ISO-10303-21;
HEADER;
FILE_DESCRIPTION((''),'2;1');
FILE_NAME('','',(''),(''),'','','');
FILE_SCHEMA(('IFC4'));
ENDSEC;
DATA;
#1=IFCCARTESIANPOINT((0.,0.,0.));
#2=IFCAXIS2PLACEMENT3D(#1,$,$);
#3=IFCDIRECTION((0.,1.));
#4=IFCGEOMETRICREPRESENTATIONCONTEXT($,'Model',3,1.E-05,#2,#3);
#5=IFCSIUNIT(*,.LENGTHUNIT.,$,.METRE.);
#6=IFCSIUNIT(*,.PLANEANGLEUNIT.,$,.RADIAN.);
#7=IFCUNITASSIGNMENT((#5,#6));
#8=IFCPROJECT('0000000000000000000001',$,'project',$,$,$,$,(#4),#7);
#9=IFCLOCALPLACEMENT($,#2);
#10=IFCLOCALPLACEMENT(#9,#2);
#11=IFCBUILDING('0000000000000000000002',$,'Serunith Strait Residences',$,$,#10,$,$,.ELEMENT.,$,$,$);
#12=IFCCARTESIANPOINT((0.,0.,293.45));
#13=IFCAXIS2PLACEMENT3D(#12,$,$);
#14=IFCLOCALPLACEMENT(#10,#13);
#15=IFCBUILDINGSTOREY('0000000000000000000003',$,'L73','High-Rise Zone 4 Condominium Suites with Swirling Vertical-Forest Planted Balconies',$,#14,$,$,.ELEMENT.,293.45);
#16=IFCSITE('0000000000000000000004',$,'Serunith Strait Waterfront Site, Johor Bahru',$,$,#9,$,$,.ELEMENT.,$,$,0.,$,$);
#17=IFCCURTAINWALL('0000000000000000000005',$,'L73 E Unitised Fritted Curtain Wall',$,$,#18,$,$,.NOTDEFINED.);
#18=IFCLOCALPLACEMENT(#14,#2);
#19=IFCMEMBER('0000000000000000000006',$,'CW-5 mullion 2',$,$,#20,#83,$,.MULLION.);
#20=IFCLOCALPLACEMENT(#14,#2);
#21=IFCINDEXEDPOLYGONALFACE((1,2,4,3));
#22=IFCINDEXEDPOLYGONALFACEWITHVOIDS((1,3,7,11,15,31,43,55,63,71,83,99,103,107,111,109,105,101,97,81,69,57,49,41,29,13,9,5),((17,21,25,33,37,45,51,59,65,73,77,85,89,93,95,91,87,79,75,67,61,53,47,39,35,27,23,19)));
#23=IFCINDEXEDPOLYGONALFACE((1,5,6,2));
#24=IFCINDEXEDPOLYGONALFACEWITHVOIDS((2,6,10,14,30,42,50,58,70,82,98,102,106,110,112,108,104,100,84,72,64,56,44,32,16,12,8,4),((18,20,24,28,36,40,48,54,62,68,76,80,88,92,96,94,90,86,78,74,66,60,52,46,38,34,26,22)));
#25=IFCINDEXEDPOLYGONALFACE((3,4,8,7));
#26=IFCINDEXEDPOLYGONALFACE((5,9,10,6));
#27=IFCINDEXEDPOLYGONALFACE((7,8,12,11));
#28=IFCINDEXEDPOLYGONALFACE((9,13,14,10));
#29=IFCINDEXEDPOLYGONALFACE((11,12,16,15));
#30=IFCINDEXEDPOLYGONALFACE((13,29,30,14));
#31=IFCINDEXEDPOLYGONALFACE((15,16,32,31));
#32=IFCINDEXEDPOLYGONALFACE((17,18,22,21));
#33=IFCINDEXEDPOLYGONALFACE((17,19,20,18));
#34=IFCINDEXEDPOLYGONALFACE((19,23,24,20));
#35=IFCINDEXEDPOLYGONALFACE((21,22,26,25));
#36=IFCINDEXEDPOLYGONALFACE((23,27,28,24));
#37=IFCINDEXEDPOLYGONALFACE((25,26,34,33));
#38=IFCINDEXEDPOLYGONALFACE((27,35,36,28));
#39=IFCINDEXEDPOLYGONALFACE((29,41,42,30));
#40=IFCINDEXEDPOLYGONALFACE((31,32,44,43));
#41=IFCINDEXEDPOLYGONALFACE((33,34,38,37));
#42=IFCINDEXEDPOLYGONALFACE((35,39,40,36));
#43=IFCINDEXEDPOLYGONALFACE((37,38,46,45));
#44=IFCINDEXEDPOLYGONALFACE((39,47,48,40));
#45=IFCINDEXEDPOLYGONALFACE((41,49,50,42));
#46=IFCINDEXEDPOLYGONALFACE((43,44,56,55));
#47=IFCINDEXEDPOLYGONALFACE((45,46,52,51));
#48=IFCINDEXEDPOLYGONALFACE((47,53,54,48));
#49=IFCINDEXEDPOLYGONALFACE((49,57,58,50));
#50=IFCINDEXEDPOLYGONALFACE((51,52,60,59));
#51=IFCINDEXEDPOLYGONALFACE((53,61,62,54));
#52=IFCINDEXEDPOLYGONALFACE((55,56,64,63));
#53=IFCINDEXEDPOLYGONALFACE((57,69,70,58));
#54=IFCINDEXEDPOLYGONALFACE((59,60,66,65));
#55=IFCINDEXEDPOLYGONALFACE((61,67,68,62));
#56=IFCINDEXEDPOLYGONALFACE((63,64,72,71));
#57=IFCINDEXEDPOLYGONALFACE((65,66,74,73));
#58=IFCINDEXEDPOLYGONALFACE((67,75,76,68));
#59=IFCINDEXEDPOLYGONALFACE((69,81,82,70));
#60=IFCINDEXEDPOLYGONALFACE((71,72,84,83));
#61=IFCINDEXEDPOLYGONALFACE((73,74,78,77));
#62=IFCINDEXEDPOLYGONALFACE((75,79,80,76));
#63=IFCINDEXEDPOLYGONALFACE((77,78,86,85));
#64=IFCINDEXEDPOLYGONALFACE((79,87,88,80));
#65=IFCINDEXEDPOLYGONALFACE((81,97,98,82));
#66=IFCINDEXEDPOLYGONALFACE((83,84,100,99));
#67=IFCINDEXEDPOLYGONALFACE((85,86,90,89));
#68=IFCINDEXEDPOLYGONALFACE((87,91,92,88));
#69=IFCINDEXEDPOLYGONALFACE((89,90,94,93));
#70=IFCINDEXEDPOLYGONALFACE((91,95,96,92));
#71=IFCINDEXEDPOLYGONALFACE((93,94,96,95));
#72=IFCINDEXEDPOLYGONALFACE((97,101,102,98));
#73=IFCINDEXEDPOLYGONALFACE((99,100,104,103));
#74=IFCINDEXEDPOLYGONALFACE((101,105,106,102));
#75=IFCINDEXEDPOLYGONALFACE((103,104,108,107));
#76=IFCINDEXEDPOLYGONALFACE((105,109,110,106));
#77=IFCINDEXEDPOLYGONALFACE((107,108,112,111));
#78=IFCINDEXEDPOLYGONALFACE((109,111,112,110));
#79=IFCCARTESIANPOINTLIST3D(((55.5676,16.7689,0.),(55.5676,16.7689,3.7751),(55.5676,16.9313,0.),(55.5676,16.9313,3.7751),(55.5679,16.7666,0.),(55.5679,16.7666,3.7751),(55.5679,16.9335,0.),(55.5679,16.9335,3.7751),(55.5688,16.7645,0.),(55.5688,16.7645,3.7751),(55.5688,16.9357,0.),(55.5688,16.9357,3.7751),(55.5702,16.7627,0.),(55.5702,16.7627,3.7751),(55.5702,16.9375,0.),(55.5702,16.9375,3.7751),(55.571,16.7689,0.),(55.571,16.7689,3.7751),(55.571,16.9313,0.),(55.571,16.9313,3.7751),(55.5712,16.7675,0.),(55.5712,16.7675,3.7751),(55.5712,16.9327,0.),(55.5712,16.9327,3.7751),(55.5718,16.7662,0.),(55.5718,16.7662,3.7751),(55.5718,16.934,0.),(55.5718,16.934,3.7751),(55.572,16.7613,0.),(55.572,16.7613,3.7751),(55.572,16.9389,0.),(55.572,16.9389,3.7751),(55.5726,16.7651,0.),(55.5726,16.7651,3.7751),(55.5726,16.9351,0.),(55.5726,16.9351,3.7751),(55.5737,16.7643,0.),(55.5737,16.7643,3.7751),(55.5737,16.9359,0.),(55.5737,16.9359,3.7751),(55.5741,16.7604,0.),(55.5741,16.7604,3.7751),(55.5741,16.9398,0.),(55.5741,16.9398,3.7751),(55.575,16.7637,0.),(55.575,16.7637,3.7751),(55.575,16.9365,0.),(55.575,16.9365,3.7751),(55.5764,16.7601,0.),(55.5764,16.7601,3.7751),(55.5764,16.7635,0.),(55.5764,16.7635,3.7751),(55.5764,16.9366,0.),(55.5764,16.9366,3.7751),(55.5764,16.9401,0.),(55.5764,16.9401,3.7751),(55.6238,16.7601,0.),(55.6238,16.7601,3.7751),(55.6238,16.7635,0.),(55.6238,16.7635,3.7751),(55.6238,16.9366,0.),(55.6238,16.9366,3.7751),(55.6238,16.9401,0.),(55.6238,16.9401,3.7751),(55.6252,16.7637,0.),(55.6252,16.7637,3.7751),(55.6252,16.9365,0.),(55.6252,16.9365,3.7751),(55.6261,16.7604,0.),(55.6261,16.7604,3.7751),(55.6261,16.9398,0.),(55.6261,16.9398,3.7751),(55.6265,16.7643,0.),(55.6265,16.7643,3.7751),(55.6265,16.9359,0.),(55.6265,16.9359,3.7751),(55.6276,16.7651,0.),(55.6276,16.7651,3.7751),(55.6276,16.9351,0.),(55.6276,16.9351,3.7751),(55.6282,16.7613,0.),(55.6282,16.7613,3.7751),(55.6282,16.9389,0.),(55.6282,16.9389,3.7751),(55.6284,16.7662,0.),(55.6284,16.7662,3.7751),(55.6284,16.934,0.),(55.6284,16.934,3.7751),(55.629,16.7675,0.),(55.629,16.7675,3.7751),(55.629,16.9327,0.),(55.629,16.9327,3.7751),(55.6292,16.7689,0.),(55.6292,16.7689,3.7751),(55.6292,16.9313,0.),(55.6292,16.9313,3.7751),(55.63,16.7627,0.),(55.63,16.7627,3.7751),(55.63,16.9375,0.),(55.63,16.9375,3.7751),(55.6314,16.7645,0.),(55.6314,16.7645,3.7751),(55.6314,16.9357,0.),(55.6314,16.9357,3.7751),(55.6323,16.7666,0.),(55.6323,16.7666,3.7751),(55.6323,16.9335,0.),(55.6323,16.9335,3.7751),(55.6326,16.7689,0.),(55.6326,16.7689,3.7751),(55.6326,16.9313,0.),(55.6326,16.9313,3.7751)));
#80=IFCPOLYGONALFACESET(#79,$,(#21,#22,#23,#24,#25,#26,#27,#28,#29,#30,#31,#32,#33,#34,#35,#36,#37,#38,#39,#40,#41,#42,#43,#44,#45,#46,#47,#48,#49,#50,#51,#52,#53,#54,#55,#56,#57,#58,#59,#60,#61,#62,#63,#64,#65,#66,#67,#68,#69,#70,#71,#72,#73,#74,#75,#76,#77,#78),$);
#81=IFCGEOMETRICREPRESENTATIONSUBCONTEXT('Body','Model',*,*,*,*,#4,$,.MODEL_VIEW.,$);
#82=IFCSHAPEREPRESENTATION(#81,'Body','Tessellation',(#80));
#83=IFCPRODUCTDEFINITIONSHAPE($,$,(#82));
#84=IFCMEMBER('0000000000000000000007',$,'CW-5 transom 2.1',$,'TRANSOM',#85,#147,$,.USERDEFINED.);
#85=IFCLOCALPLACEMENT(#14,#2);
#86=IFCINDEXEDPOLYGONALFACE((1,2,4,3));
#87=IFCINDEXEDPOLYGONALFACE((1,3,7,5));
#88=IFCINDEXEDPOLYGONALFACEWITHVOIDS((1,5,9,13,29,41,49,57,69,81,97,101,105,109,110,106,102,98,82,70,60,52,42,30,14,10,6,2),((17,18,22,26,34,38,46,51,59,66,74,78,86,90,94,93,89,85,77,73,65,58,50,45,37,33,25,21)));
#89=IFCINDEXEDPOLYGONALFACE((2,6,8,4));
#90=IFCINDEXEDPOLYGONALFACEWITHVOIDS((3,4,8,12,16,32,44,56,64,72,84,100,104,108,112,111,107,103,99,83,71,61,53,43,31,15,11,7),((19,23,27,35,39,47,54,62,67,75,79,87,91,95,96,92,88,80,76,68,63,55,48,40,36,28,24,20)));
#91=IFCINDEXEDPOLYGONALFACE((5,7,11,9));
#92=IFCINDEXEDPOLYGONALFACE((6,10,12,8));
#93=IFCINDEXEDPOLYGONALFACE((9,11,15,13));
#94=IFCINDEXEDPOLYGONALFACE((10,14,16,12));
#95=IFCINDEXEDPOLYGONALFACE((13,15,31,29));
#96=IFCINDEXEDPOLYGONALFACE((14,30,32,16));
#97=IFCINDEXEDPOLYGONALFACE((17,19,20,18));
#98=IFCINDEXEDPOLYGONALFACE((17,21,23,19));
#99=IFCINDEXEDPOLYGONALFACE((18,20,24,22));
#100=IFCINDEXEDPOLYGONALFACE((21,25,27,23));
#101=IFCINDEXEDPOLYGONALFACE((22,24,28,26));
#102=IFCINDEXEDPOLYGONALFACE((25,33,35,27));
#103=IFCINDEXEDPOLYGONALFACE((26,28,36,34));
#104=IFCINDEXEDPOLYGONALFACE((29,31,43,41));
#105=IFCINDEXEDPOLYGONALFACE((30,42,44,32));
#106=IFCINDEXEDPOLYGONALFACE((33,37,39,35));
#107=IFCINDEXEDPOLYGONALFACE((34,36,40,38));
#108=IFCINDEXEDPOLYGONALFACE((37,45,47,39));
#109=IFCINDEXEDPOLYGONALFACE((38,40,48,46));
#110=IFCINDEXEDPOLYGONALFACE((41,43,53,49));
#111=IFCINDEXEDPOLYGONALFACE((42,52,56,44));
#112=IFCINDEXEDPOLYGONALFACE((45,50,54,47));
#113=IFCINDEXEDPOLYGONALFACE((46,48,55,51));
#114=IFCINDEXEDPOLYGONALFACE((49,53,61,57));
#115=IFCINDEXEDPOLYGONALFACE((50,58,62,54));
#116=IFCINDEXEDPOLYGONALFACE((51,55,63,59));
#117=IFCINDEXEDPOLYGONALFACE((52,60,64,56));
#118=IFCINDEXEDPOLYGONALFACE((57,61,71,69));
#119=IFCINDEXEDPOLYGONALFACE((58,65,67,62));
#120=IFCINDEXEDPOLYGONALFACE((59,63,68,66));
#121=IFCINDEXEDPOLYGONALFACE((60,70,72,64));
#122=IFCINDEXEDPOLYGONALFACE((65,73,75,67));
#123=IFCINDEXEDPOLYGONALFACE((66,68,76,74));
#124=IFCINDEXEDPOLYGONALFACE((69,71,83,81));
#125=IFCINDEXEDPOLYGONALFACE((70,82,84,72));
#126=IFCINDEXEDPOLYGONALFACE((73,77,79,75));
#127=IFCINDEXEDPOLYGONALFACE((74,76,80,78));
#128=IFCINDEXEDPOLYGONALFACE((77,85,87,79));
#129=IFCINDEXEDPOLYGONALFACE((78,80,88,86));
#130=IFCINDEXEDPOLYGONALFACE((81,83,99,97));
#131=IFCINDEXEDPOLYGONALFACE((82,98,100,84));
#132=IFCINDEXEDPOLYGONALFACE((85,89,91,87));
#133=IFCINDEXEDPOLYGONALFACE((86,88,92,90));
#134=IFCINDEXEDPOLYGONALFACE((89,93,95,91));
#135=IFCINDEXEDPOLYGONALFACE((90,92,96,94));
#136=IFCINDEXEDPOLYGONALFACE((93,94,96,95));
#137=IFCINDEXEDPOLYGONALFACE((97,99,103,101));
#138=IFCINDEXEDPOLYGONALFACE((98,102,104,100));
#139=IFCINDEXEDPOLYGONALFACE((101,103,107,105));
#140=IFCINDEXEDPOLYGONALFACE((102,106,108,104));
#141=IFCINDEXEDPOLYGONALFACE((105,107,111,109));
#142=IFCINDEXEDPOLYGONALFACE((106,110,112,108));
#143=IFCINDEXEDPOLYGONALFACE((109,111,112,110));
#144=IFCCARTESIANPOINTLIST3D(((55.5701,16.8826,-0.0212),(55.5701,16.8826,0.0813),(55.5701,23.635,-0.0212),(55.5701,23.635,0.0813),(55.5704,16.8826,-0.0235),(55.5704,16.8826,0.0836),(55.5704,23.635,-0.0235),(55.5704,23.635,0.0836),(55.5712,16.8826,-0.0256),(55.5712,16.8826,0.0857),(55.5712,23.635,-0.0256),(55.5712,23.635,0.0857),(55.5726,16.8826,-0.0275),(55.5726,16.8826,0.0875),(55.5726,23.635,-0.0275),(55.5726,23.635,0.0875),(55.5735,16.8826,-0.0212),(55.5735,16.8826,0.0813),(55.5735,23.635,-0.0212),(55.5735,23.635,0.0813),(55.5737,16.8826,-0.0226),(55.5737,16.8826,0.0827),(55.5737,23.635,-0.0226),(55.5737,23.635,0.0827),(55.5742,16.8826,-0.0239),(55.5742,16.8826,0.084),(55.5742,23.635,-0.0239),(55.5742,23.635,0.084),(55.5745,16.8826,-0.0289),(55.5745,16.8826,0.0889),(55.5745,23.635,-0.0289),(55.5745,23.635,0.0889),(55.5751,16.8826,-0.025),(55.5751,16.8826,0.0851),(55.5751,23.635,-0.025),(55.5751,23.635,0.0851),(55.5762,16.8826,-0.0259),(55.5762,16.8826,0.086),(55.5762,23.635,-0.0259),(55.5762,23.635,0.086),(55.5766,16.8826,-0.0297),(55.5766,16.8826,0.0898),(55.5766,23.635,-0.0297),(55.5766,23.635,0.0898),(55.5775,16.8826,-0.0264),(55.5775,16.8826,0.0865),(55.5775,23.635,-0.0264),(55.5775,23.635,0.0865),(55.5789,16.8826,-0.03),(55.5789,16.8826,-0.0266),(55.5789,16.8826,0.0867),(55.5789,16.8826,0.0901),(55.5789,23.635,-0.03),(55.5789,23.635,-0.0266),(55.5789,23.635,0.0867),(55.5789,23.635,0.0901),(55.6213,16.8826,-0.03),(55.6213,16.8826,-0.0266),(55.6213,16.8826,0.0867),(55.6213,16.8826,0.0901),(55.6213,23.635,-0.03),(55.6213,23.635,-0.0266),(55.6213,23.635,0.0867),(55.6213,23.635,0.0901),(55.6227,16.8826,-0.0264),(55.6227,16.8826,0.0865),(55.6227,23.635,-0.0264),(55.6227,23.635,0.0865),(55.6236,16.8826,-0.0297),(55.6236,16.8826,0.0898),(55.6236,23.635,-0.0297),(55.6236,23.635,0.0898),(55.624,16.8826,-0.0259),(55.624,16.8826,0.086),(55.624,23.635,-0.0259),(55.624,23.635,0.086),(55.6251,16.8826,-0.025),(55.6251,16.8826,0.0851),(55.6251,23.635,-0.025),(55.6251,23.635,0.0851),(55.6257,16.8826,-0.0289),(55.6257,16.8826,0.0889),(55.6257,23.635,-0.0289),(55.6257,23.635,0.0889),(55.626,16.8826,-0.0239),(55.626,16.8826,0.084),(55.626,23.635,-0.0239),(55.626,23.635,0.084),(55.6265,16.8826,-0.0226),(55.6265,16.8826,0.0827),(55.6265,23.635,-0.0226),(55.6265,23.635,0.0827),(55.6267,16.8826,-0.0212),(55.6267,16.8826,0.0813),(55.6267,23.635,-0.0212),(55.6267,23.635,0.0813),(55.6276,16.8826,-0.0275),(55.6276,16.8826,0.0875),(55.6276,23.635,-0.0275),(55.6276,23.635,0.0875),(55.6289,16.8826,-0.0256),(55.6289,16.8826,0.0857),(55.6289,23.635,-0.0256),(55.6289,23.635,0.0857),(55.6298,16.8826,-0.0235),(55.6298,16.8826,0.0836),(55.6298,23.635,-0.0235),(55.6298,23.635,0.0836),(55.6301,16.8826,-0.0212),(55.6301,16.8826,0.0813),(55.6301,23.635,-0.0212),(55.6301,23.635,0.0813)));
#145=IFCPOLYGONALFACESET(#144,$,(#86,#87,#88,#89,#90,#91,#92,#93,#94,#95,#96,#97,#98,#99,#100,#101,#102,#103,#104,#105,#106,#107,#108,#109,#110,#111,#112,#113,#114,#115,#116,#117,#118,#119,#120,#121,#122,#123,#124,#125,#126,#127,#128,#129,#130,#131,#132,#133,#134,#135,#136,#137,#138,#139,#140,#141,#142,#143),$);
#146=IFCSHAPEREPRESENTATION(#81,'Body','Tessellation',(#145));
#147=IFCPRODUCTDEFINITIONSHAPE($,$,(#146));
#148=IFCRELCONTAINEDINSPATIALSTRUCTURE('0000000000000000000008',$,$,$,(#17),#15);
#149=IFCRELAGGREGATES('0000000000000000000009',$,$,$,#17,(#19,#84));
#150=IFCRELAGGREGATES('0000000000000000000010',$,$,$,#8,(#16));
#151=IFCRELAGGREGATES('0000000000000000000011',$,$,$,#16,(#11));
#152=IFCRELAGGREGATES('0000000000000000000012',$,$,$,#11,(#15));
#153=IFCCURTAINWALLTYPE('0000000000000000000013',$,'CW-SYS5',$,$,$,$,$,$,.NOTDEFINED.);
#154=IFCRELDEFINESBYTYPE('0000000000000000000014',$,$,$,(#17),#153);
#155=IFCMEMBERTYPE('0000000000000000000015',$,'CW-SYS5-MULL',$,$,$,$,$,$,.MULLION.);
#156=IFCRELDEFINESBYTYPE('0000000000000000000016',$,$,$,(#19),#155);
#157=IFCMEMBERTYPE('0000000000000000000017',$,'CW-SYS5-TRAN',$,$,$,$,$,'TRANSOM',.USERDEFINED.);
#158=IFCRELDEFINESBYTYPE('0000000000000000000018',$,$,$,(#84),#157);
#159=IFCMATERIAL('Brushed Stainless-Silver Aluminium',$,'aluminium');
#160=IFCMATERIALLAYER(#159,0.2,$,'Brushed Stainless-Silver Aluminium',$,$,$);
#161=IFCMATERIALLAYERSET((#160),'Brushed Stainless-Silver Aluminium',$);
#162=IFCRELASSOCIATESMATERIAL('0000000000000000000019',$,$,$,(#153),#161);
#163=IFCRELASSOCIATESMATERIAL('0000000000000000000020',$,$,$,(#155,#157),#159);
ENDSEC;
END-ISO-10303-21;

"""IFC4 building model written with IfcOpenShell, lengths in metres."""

from ifc_helpers import new_model, si_unit, direction, frame, origin, origin_2d, place, context, subcontext, project, spatial, hollow_rectangle, extrude, source, transform, mapped, material, layer, layer_set, material_profile, profile_set, type_object, element, aggregate, save


model = new_model("IFC4")

# Units and contexts
model_context = context("Model", 3, precision=1e-05, world=origin(), true_north=direction((0.0, 1.0)))
body_context = subcontext(model_context, "Body", "Model", "MODEL_VIEW")
ifc_project = project(units=[si_unit("LENGTHUNIT", "METRE"), si_unit("PLANEANGLEUNIT", "RADIAN")], contexts=[model_context])

# Site, building, storey
site_placement = place(None, origin())
site = spatial("IfcSite", under=ifc_project, at=site_placement, Name="Serunith Strait Waterfront Site, Johor Bahru", CompositionType="ELEMENT", RefElevation=0.0)
building_placement = place(site_placement, origin())
building = spatial("IfcBuilding", under=site, at=building_placement, Name="Serunith Strait Residences", CompositionType="ELEMENT")
storey_placement = place(building_placement, frame((0.0, 0.0, 293.45)))
storey = spatial("IfcBuildingStorey", under=building, at=storey_placement, Name="L73", Description="High-Rise Zone 4 Condominium Suites with Swirling Vertical-Forest Planted Balconies", CompositionType="ELEMENT", Elevation=293.45)

# Curtain wall, members
ifc_material_1 = material(Name="Brushed Stainless-Silver Aluminium", Category="aluminium")
ifc_layer_1 = layer(ifc_material_1, 0.2, Name="Brushed Stainless-Silver Aluminium")
ifc_layer_set_1 = layer_set([ifc_layer_1], Name="Brushed Stainless-Silver Aluminium")
curtain_wall_type = type_object("IfcCurtainWallType", Name="CW-SYS5", PredefinedType="NOTDEFINED", material=ifc_layer_set_1)
curtain_wall_placement = place(storey_placement, origin())
curtain_wall = element("IfcCurtainWall", 1, at=curtain_wall_placement, inside=storey, type_object=curtain_wall_type, Name="L73 E Unitised Fritted Curtain Wall", PredefinedType="NOTDEFINED")
ifc_material_profile_1 = material_profile(ifc_material_1, hollow_rectangle(XDim=0.0649, YDim=0.1799, WallThickness=0.0034, InnerFilletRadius=0.0054, OuterFilletRadius=0.0088, at=origin_2d()), Name="ALU 180x65x3.5")
ifc_profile_set_1 = profile_set([ifc_material_profile_1], Name="Brushed Stainless-Silver Aluminium")
member_type_1 = type_object("IfcMemberType", Name="CW-SYS5-MULL", PredefinedType="MULLION", material=ifc_profile_set_1)
shared_shape_1 = source(origin(), body_context, "Body", "SweptSolid", [
    extrude(hollow_rectangle(XDim=0.0649, YDim=0.1799, WallThickness=0.0034, InnerFilletRadius=0.0054, OuterFilletRadius=0.0088, at=origin_2d()), origin(), (0.0, 0.0, 1.0), 3.7751),
])
member_1_placement = place(storey_placement, frame((55.6001, 16.8501, 0.0), z_axis=(0.0, 0.0, 1.0), x_axis=(-1.0, 0.0, 0.0)))
member_1 = element("IfcMember", 2, at=member_1_placement, type_object=member_type_1, Name="CW-5 mullion 2", PredefinedType="MULLION", context=body_context, shape_type="MappedRepresentation", body=[
    mapped(shared_shape_1, transform((0.0, 0.0, 0.0), scale=1.0)),
])
ifc_material_profile_2 = material_profile(ifc_material_1, hollow_rectangle(XDim=0.0601, YDim=0.1201, WallThickness=0.0034, InnerFilletRadius=0.0054, OuterFilletRadius=0.0088, at=origin_2d()), Name="ALU 120x60x3.5")
ifc_profile_set_2 = profile_set([ifc_material_profile_2], Name="Brushed Stainless-Silver Aluminium")
member_type_2 = type_object("IfcMemberType", Name="CW-SYS5-TRAN", ElementType="TRANSOM", PredefinedType="USERDEFINED", material=ifc_profile_set_2)
shared_shape_2 = source(origin(), body_context, "Body", "SweptSolid", [
    extrude(hollow_rectangle(XDim=0.0601, YDim=0.1201, WallThickness=0.0034, InnerFilletRadius=0.0054, OuterFilletRadius=0.0088, at=origin_2d()), origin(), (0.0, 0.0, 1.0), 6.7524),
])
member_2_placement = place(storey_placement, frame((55.6001, 16.8826, 0.03), z_axis=(0.0, 1.0, 0.0), x_axis=(-1.0, 0.0, 0.0)))
member_2 = element("IfcMember", 3, at=member_2_placement, type_object=member_type_2, Name="CW-5 transom 2.1", ObjectType="TRANSOM", PredefinedType="USERDEFINED", context=body_context, shape_type="MappedRepresentation", body=[
    mapped(shared_shape_2, transform((0.0, 0.0, 0.0), scale=1.0)),
])
aggregate(curtain_wall, [member_1, member_2])

save(model, "model.ifc")
